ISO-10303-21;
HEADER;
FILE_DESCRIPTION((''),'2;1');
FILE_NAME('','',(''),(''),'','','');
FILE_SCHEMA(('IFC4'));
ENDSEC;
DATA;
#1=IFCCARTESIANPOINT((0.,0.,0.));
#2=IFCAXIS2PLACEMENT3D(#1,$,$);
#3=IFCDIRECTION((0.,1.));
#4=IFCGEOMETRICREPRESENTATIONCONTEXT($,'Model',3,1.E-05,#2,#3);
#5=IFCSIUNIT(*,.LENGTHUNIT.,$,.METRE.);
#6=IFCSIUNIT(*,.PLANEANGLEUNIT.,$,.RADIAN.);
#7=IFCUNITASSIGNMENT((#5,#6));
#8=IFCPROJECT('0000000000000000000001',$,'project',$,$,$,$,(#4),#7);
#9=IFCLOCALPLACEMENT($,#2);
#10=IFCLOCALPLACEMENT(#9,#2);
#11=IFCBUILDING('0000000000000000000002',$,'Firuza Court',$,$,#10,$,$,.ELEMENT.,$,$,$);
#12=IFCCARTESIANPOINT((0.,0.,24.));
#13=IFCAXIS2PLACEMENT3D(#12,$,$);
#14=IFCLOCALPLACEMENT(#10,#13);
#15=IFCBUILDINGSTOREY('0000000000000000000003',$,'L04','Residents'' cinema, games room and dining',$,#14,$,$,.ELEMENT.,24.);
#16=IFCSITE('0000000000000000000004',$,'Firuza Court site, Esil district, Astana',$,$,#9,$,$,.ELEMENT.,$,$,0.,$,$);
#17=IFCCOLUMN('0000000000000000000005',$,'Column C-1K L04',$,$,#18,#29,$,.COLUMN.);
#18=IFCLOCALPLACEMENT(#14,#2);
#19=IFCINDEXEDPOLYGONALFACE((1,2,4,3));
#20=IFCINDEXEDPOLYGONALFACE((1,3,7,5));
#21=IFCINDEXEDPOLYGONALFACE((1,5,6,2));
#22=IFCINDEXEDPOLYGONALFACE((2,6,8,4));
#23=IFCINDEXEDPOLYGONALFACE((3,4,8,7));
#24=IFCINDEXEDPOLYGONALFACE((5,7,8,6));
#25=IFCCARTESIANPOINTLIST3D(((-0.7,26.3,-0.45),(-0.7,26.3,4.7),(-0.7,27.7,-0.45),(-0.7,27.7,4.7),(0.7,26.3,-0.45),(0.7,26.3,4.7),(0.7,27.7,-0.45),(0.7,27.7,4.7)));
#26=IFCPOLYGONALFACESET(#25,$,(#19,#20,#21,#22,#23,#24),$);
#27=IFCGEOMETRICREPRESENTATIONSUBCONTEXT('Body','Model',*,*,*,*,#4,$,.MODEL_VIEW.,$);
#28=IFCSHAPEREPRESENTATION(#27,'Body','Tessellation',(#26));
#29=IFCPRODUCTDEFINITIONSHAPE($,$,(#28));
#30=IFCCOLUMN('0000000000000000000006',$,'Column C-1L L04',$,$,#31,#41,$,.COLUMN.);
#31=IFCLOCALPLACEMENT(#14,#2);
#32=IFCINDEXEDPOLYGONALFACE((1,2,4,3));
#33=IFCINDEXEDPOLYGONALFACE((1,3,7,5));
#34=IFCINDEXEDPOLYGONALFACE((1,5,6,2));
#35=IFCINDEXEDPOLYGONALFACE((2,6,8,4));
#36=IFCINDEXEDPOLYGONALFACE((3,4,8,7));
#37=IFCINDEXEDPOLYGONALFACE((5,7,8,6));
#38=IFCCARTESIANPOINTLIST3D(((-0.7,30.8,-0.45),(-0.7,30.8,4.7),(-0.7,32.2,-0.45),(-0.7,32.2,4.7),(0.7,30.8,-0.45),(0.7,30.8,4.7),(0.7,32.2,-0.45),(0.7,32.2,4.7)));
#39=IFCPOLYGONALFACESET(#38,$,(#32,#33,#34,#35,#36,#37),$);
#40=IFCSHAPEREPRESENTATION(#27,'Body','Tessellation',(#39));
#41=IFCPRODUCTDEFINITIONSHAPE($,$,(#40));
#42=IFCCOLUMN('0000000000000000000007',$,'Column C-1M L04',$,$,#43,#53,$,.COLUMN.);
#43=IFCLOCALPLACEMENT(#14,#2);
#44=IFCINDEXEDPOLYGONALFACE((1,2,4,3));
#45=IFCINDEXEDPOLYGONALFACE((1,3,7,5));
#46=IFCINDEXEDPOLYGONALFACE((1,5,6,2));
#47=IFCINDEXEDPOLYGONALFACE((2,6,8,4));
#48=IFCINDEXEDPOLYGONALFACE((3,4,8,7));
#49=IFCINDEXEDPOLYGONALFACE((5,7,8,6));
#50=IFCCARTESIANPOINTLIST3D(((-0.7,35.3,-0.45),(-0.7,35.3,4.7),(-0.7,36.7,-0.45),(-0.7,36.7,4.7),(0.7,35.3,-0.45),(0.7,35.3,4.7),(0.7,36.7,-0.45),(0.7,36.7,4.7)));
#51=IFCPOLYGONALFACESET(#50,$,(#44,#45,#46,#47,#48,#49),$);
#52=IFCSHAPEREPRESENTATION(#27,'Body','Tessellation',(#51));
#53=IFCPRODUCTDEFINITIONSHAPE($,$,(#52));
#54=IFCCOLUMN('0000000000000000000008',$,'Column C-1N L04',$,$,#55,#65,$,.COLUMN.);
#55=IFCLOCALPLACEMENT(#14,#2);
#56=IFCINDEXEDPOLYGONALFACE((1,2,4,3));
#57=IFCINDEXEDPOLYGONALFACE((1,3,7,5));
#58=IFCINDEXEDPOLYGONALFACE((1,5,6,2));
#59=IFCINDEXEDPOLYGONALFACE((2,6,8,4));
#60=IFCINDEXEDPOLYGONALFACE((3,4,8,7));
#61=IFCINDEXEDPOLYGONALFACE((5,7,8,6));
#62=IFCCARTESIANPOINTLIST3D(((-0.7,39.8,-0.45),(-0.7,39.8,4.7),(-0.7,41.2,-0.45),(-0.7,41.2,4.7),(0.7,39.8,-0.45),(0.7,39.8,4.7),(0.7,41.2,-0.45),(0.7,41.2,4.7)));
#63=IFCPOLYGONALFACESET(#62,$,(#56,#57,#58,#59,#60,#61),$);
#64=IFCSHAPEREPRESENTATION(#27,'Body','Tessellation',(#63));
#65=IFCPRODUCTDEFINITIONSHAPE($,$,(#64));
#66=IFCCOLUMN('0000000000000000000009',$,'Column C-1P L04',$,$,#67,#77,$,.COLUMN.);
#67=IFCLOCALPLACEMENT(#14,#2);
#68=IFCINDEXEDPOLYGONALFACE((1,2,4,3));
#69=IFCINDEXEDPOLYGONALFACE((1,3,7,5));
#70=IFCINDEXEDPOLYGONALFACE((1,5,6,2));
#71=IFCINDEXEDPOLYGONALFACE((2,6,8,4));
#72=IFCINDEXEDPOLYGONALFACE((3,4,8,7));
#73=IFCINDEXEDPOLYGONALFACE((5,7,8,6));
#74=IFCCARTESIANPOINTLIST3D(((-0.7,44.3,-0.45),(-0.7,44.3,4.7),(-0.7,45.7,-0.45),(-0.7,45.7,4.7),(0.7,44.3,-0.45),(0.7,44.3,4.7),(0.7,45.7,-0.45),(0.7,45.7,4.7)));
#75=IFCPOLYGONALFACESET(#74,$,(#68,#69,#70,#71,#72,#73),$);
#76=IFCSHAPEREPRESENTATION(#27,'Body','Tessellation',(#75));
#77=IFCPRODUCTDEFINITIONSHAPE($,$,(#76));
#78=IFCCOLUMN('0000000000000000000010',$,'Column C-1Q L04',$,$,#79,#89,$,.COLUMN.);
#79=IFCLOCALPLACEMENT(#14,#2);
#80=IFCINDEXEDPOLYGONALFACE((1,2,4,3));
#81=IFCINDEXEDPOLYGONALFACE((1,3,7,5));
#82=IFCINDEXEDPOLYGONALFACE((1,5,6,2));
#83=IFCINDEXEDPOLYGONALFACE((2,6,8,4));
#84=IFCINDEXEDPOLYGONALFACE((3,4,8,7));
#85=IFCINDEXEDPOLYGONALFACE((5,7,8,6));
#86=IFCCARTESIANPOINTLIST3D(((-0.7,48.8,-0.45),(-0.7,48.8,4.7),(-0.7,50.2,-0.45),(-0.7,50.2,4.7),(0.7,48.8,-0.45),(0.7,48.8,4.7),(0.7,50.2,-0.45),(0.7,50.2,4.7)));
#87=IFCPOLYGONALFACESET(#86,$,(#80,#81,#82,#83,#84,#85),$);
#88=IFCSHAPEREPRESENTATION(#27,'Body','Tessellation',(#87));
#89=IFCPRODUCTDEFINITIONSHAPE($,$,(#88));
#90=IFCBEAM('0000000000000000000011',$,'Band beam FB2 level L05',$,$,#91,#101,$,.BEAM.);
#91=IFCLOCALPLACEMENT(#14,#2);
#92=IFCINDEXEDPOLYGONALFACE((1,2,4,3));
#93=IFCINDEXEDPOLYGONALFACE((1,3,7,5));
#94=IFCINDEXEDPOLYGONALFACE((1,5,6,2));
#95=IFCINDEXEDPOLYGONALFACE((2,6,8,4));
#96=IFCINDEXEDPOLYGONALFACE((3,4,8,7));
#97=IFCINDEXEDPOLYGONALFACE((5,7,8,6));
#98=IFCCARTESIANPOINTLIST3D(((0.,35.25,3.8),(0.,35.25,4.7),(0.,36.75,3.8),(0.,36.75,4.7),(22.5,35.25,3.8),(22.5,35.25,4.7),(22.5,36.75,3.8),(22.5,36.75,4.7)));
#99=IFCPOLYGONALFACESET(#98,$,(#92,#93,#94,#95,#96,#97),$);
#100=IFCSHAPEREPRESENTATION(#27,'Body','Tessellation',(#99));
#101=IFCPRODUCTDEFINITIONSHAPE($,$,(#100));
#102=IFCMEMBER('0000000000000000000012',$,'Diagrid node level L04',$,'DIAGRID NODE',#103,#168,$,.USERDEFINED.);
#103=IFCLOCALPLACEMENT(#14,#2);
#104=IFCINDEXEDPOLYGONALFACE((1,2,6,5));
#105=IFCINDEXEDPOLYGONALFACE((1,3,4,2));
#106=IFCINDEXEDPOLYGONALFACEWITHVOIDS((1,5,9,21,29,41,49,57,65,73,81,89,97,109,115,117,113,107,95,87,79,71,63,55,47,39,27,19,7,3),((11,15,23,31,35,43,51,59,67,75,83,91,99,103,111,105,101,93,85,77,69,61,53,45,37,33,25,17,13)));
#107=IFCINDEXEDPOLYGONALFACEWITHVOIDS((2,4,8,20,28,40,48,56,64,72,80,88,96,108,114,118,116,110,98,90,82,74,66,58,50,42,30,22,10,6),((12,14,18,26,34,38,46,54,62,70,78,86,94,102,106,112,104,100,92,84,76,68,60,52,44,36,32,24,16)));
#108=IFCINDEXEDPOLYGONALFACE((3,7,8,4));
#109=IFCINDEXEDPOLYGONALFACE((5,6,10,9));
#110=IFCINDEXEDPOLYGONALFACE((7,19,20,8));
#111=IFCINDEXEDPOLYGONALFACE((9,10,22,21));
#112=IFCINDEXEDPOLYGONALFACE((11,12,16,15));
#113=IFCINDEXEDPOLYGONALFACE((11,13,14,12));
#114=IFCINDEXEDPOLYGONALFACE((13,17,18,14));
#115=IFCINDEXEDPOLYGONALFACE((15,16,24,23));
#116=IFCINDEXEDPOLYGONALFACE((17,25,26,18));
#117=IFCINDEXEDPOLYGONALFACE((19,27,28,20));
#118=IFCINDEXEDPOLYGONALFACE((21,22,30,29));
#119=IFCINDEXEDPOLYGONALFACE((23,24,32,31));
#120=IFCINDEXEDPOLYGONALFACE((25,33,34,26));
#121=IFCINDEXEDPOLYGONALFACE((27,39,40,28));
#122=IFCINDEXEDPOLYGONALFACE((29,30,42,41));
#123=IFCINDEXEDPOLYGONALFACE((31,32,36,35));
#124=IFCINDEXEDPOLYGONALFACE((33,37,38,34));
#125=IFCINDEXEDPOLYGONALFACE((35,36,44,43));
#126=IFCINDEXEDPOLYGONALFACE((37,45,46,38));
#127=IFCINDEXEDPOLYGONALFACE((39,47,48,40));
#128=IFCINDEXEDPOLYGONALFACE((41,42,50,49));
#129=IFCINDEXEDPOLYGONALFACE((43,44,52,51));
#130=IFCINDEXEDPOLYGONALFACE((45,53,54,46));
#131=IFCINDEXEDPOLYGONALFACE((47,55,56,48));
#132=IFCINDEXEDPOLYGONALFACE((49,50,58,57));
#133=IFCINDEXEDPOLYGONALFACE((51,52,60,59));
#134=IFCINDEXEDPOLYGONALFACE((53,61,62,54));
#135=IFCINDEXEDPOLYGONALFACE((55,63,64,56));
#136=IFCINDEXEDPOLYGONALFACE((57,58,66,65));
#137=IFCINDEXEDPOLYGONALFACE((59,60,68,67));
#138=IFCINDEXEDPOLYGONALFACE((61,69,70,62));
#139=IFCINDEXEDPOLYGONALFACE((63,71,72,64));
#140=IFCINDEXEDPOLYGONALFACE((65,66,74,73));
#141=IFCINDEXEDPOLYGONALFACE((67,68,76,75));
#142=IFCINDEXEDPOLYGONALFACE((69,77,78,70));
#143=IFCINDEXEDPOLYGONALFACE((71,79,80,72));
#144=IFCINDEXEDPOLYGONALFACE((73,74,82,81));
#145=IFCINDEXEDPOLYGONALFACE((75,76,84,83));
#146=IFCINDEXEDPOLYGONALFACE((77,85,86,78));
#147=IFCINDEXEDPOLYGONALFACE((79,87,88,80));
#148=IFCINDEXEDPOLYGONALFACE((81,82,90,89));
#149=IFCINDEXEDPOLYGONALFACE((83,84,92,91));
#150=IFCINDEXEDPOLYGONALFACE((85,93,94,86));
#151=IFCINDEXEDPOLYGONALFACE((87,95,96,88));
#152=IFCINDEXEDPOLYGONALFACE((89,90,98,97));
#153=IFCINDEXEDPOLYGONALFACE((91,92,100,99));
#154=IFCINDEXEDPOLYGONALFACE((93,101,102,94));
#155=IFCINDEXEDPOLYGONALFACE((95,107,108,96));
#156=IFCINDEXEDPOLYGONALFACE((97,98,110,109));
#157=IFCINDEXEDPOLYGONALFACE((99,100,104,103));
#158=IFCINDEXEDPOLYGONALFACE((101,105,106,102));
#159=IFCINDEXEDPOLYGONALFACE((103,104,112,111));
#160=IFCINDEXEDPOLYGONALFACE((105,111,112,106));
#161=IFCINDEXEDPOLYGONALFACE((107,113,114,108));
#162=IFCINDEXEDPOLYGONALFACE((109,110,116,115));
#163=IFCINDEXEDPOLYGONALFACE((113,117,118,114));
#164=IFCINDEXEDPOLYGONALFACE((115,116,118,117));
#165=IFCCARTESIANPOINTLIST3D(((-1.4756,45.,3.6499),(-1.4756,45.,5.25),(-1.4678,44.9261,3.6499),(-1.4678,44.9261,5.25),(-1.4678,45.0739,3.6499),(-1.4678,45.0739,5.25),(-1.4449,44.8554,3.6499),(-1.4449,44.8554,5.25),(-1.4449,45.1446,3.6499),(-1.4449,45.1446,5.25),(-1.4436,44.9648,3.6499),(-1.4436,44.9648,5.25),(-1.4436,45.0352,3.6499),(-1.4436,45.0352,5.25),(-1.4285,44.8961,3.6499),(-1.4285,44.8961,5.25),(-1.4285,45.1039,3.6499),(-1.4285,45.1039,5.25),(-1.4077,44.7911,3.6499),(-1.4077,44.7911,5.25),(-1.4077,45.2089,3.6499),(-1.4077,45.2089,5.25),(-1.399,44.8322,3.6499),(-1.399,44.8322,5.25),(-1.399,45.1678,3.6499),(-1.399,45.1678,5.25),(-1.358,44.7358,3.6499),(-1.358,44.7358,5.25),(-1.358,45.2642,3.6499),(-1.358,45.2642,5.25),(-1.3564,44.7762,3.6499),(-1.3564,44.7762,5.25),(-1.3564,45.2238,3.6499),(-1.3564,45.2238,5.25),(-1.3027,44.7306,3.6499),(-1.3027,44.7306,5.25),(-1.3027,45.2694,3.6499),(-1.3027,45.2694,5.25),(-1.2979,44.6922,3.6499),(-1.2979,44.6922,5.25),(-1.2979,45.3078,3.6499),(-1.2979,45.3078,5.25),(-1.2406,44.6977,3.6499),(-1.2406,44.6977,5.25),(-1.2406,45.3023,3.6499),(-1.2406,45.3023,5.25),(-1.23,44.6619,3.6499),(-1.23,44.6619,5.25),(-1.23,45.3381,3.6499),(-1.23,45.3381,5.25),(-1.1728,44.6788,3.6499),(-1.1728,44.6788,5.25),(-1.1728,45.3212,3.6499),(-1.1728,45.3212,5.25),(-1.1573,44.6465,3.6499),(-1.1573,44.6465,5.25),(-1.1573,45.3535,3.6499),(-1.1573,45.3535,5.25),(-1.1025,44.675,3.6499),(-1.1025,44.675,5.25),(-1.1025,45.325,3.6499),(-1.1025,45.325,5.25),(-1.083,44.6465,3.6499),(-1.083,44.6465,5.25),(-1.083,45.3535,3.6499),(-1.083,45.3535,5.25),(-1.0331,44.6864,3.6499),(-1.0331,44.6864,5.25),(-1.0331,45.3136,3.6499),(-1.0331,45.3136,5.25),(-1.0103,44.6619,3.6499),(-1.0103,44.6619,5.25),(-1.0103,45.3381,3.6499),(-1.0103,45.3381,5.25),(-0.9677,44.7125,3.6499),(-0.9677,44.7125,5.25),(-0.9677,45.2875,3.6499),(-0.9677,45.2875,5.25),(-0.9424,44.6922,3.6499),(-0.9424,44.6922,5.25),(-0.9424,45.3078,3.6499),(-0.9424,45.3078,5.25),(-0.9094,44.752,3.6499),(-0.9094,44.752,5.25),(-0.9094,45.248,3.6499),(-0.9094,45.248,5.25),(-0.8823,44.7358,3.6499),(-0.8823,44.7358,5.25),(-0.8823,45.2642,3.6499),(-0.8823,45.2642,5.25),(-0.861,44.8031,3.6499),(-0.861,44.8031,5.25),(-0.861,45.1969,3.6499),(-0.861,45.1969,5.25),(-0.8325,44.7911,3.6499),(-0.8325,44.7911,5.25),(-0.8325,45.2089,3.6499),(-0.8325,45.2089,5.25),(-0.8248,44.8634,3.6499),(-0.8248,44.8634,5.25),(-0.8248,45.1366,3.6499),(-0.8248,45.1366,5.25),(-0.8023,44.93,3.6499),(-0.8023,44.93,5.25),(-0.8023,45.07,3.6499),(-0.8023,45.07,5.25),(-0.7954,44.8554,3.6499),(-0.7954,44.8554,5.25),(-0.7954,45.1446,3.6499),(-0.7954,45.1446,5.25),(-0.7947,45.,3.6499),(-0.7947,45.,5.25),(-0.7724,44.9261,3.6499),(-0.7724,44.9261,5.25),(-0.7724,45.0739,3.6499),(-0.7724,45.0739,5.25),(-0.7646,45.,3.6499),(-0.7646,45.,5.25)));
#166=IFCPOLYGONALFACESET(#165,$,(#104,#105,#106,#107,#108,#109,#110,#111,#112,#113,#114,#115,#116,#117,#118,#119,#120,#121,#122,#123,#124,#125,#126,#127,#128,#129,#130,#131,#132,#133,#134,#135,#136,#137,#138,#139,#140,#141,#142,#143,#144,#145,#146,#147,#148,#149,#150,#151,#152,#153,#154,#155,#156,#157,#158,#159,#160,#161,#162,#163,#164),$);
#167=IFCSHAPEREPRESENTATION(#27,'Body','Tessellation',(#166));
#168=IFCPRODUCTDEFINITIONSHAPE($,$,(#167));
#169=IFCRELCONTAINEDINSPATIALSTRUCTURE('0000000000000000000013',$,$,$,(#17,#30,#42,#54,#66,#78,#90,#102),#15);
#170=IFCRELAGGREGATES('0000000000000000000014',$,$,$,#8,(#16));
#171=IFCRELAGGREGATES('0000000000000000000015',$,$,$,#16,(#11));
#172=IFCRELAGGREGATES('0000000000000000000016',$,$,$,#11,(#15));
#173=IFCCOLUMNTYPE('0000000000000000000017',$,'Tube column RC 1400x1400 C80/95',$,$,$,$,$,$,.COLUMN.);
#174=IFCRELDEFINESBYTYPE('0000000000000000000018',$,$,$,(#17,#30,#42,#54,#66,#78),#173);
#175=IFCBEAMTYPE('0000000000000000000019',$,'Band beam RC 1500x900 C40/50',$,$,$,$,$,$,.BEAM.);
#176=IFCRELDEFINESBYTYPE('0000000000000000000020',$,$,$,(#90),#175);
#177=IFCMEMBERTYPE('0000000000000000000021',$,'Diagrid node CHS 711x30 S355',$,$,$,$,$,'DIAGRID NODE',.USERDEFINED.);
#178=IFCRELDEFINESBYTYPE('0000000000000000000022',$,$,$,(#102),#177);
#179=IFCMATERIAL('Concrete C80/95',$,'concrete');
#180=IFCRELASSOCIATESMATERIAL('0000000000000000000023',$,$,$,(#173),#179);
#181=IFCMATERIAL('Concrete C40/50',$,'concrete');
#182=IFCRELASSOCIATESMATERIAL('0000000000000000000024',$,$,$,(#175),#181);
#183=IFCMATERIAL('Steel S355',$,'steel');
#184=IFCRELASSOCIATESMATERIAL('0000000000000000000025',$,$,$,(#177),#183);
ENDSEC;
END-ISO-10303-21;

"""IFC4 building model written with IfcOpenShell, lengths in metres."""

from ifc_helpers import new_model, si_unit, direction, frame, origin, origin_2d, place, context, subcontext, project, spatial, rectangle, hollow_circle, extrude, material, material_profile, profile_set, type_object, element, save


model = new_model("IFC4")

# Units and contexts
model_context = context("Model", 3, precision=1e-05, world=origin(), true_north=direction((0.0, 1.0)))
body_context = subcontext(model_context, "Body", "Model", "MODEL_VIEW")
ifc_project = project(units=[si_unit("LENGTHUNIT", "METRE"), si_unit("PLANEANGLEUNIT", "RADIAN")], contexts=[model_context])

# Site, building, storey
site_placement = place(None, origin())
site = spatial("IfcSite", under=ifc_project, at=site_placement, Name="Firuza Court site, Esil district, Astana", CompositionType="ELEMENT", RefElevation=0.0)
building_placement = place(site_placement, origin())
building = spatial("IfcBuilding", under=site, at=building_placement, Name="Firuza Court", CompositionType="ELEMENT")
storey_placement = place(building_placement, frame((0.0, 0.0, 24.0)))
storey = spatial("IfcBuildingStorey", under=building, at=storey_placement, Name="L04", Description="Residents' cinema, games room and dining", CompositionType="ELEMENT", Elevation=24.0)

# Columns
ifc_material_1 = material(Name="Concrete C80/95", Category="concrete")
ifc_material_profile_1 = material_profile(ifc_material_1, rectangle(XDim=1.3999, YDim=1.3999, at=origin_2d()), Name="RC 1400x1400")
ifc_profile_set_1 = profile_set([ifc_material_profile_1], Name="Concrete C80/95")
column_type = type_object("IfcColumnType", Name="Tube column RC 1400x1400 C80/95", PredefinedType="COLUMN", material=ifc_profile_set_1)
for number, where, z_axis, x_axis, name in (
    (1, (0.0, 27.0, -0.45), (0.0, 0.0, 1.0), (1.0, 0.0, 0.0), "Column C-1K L04"),
    (2, (0.0, 31.5, -0.45), (0.0, 0.0, 1.0), (1.0, 0.0, 0.0), "Column C-1L L04"),
    (3, (0.0, 36.0, -0.45), (0.0, 0.0, 1.0), (1.0, 0.0, 0.0), "Column C-1M L04"),
    (4, (0.0, 40.5, -0.45), (0.0, 0.0, 1.0), (1.0, 0.0, 0.0), "Column C-1N L04"),
    (5, (0.0, 45.0, -0.45), (0.0, 0.0, 1.0), (1.0, 0.0, 0.0), "Column C-1P L04"),
    (6, (0.0, 49.5, -0.45), (0.0, 0.0, 1.0), (1.0, 0.0, 0.0), "Column C-1Q L04"),
):
    element("IfcColumn", number, at=place(storey_placement, frame(where, z_axis=z_axis, x_axis=x_axis)), inside=storey, type_object=column_type, Name=name, PredefinedType="COLUMN", context=body_context, shape_type="SweptSolid", body=[
        extrude(rectangle(XDim=1.3999, YDim=1.3999, at=origin_2d()), origin(), (0.0, 0.0, 1.0), 5.1499),
    ])

# Beam
ifc_material_2 = material(Name="Concrete C40/50", Category="concrete")
ifc_material_profile_2 = material_profile(ifc_material_2, rectangle(XDim=1.5, YDim=0.8999, at=origin_2d()), Name="RC 1500x900")
ifc_profile_set_2 = profile_set([ifc_material_profile_2], Name="Concrete C40/50")
beam_type_1 = type_object("IfcBeamType", Name="Band beam RC 1500x900 C40/50", PredefinedType="BEAM", material=ifc_profile_set_2)
beam_placement = place(storey_placement, frame((0.0, 36.0, 4.25), z_axis=(1.0, 0.0, 0.0), x_axis=(0.0, 1.0, 0.0)))
element("IfcBeam", 7, at=beam_placement, inside=storey, type_object=beam_type_1, Name="Band beam FB2 level L05", PredefinedType="BEAM", context=body_context, shape_type="SweptSolid", body=[
    extrude(rectangle(XDim=1.5, YDim=0.8999, at=origin_2d()), origin(), (0.0, 0.0, 1.0), 22.5),
])

# Member
ifc_material_3 = material(Name="Steel S355", Category="steel")
ifc_material_profile_3 = material_profile(ifc_material_3, hollow_circle(Radius=0.3555, WallThickness=0.03, at=origin_2d()), Name="CHS 711x30")
ifc_profile_set_3 = profile_set([ifc_material_profile_3], Name="Steel S355")
member_type_1 = type_object("IfcMemberType", Name="Diagrid node CHS 711x30 S355", ElementType="DIAGRID NODE", PredefinedType="USERDEFINED", material=ifc_profile_set_3)
member_1_placement = place(storey_placement, frame((-1.1201, 45.0, 3.6499), z_axis=(0.0, 0.0, 1.0), x_axis=(1.0, 0.0, 0.0)))
element("IfcMember", 8, at=member_1_placement, inside=storey, type_object=member_type_1, Name="Diagrid node level L04", ObjectType="DIAGRID NODE", PredefinedType="USERDEFINED", context=body_context, shape_type="SweptSolid", body=[
    extrude(hollow_circle(Radius=0.3555, WallThickness=0.03, at=origin_2d()), origin(), (0.0, 0.0, 1.0), 1.6001),
])

save(model, "model.ifc")
